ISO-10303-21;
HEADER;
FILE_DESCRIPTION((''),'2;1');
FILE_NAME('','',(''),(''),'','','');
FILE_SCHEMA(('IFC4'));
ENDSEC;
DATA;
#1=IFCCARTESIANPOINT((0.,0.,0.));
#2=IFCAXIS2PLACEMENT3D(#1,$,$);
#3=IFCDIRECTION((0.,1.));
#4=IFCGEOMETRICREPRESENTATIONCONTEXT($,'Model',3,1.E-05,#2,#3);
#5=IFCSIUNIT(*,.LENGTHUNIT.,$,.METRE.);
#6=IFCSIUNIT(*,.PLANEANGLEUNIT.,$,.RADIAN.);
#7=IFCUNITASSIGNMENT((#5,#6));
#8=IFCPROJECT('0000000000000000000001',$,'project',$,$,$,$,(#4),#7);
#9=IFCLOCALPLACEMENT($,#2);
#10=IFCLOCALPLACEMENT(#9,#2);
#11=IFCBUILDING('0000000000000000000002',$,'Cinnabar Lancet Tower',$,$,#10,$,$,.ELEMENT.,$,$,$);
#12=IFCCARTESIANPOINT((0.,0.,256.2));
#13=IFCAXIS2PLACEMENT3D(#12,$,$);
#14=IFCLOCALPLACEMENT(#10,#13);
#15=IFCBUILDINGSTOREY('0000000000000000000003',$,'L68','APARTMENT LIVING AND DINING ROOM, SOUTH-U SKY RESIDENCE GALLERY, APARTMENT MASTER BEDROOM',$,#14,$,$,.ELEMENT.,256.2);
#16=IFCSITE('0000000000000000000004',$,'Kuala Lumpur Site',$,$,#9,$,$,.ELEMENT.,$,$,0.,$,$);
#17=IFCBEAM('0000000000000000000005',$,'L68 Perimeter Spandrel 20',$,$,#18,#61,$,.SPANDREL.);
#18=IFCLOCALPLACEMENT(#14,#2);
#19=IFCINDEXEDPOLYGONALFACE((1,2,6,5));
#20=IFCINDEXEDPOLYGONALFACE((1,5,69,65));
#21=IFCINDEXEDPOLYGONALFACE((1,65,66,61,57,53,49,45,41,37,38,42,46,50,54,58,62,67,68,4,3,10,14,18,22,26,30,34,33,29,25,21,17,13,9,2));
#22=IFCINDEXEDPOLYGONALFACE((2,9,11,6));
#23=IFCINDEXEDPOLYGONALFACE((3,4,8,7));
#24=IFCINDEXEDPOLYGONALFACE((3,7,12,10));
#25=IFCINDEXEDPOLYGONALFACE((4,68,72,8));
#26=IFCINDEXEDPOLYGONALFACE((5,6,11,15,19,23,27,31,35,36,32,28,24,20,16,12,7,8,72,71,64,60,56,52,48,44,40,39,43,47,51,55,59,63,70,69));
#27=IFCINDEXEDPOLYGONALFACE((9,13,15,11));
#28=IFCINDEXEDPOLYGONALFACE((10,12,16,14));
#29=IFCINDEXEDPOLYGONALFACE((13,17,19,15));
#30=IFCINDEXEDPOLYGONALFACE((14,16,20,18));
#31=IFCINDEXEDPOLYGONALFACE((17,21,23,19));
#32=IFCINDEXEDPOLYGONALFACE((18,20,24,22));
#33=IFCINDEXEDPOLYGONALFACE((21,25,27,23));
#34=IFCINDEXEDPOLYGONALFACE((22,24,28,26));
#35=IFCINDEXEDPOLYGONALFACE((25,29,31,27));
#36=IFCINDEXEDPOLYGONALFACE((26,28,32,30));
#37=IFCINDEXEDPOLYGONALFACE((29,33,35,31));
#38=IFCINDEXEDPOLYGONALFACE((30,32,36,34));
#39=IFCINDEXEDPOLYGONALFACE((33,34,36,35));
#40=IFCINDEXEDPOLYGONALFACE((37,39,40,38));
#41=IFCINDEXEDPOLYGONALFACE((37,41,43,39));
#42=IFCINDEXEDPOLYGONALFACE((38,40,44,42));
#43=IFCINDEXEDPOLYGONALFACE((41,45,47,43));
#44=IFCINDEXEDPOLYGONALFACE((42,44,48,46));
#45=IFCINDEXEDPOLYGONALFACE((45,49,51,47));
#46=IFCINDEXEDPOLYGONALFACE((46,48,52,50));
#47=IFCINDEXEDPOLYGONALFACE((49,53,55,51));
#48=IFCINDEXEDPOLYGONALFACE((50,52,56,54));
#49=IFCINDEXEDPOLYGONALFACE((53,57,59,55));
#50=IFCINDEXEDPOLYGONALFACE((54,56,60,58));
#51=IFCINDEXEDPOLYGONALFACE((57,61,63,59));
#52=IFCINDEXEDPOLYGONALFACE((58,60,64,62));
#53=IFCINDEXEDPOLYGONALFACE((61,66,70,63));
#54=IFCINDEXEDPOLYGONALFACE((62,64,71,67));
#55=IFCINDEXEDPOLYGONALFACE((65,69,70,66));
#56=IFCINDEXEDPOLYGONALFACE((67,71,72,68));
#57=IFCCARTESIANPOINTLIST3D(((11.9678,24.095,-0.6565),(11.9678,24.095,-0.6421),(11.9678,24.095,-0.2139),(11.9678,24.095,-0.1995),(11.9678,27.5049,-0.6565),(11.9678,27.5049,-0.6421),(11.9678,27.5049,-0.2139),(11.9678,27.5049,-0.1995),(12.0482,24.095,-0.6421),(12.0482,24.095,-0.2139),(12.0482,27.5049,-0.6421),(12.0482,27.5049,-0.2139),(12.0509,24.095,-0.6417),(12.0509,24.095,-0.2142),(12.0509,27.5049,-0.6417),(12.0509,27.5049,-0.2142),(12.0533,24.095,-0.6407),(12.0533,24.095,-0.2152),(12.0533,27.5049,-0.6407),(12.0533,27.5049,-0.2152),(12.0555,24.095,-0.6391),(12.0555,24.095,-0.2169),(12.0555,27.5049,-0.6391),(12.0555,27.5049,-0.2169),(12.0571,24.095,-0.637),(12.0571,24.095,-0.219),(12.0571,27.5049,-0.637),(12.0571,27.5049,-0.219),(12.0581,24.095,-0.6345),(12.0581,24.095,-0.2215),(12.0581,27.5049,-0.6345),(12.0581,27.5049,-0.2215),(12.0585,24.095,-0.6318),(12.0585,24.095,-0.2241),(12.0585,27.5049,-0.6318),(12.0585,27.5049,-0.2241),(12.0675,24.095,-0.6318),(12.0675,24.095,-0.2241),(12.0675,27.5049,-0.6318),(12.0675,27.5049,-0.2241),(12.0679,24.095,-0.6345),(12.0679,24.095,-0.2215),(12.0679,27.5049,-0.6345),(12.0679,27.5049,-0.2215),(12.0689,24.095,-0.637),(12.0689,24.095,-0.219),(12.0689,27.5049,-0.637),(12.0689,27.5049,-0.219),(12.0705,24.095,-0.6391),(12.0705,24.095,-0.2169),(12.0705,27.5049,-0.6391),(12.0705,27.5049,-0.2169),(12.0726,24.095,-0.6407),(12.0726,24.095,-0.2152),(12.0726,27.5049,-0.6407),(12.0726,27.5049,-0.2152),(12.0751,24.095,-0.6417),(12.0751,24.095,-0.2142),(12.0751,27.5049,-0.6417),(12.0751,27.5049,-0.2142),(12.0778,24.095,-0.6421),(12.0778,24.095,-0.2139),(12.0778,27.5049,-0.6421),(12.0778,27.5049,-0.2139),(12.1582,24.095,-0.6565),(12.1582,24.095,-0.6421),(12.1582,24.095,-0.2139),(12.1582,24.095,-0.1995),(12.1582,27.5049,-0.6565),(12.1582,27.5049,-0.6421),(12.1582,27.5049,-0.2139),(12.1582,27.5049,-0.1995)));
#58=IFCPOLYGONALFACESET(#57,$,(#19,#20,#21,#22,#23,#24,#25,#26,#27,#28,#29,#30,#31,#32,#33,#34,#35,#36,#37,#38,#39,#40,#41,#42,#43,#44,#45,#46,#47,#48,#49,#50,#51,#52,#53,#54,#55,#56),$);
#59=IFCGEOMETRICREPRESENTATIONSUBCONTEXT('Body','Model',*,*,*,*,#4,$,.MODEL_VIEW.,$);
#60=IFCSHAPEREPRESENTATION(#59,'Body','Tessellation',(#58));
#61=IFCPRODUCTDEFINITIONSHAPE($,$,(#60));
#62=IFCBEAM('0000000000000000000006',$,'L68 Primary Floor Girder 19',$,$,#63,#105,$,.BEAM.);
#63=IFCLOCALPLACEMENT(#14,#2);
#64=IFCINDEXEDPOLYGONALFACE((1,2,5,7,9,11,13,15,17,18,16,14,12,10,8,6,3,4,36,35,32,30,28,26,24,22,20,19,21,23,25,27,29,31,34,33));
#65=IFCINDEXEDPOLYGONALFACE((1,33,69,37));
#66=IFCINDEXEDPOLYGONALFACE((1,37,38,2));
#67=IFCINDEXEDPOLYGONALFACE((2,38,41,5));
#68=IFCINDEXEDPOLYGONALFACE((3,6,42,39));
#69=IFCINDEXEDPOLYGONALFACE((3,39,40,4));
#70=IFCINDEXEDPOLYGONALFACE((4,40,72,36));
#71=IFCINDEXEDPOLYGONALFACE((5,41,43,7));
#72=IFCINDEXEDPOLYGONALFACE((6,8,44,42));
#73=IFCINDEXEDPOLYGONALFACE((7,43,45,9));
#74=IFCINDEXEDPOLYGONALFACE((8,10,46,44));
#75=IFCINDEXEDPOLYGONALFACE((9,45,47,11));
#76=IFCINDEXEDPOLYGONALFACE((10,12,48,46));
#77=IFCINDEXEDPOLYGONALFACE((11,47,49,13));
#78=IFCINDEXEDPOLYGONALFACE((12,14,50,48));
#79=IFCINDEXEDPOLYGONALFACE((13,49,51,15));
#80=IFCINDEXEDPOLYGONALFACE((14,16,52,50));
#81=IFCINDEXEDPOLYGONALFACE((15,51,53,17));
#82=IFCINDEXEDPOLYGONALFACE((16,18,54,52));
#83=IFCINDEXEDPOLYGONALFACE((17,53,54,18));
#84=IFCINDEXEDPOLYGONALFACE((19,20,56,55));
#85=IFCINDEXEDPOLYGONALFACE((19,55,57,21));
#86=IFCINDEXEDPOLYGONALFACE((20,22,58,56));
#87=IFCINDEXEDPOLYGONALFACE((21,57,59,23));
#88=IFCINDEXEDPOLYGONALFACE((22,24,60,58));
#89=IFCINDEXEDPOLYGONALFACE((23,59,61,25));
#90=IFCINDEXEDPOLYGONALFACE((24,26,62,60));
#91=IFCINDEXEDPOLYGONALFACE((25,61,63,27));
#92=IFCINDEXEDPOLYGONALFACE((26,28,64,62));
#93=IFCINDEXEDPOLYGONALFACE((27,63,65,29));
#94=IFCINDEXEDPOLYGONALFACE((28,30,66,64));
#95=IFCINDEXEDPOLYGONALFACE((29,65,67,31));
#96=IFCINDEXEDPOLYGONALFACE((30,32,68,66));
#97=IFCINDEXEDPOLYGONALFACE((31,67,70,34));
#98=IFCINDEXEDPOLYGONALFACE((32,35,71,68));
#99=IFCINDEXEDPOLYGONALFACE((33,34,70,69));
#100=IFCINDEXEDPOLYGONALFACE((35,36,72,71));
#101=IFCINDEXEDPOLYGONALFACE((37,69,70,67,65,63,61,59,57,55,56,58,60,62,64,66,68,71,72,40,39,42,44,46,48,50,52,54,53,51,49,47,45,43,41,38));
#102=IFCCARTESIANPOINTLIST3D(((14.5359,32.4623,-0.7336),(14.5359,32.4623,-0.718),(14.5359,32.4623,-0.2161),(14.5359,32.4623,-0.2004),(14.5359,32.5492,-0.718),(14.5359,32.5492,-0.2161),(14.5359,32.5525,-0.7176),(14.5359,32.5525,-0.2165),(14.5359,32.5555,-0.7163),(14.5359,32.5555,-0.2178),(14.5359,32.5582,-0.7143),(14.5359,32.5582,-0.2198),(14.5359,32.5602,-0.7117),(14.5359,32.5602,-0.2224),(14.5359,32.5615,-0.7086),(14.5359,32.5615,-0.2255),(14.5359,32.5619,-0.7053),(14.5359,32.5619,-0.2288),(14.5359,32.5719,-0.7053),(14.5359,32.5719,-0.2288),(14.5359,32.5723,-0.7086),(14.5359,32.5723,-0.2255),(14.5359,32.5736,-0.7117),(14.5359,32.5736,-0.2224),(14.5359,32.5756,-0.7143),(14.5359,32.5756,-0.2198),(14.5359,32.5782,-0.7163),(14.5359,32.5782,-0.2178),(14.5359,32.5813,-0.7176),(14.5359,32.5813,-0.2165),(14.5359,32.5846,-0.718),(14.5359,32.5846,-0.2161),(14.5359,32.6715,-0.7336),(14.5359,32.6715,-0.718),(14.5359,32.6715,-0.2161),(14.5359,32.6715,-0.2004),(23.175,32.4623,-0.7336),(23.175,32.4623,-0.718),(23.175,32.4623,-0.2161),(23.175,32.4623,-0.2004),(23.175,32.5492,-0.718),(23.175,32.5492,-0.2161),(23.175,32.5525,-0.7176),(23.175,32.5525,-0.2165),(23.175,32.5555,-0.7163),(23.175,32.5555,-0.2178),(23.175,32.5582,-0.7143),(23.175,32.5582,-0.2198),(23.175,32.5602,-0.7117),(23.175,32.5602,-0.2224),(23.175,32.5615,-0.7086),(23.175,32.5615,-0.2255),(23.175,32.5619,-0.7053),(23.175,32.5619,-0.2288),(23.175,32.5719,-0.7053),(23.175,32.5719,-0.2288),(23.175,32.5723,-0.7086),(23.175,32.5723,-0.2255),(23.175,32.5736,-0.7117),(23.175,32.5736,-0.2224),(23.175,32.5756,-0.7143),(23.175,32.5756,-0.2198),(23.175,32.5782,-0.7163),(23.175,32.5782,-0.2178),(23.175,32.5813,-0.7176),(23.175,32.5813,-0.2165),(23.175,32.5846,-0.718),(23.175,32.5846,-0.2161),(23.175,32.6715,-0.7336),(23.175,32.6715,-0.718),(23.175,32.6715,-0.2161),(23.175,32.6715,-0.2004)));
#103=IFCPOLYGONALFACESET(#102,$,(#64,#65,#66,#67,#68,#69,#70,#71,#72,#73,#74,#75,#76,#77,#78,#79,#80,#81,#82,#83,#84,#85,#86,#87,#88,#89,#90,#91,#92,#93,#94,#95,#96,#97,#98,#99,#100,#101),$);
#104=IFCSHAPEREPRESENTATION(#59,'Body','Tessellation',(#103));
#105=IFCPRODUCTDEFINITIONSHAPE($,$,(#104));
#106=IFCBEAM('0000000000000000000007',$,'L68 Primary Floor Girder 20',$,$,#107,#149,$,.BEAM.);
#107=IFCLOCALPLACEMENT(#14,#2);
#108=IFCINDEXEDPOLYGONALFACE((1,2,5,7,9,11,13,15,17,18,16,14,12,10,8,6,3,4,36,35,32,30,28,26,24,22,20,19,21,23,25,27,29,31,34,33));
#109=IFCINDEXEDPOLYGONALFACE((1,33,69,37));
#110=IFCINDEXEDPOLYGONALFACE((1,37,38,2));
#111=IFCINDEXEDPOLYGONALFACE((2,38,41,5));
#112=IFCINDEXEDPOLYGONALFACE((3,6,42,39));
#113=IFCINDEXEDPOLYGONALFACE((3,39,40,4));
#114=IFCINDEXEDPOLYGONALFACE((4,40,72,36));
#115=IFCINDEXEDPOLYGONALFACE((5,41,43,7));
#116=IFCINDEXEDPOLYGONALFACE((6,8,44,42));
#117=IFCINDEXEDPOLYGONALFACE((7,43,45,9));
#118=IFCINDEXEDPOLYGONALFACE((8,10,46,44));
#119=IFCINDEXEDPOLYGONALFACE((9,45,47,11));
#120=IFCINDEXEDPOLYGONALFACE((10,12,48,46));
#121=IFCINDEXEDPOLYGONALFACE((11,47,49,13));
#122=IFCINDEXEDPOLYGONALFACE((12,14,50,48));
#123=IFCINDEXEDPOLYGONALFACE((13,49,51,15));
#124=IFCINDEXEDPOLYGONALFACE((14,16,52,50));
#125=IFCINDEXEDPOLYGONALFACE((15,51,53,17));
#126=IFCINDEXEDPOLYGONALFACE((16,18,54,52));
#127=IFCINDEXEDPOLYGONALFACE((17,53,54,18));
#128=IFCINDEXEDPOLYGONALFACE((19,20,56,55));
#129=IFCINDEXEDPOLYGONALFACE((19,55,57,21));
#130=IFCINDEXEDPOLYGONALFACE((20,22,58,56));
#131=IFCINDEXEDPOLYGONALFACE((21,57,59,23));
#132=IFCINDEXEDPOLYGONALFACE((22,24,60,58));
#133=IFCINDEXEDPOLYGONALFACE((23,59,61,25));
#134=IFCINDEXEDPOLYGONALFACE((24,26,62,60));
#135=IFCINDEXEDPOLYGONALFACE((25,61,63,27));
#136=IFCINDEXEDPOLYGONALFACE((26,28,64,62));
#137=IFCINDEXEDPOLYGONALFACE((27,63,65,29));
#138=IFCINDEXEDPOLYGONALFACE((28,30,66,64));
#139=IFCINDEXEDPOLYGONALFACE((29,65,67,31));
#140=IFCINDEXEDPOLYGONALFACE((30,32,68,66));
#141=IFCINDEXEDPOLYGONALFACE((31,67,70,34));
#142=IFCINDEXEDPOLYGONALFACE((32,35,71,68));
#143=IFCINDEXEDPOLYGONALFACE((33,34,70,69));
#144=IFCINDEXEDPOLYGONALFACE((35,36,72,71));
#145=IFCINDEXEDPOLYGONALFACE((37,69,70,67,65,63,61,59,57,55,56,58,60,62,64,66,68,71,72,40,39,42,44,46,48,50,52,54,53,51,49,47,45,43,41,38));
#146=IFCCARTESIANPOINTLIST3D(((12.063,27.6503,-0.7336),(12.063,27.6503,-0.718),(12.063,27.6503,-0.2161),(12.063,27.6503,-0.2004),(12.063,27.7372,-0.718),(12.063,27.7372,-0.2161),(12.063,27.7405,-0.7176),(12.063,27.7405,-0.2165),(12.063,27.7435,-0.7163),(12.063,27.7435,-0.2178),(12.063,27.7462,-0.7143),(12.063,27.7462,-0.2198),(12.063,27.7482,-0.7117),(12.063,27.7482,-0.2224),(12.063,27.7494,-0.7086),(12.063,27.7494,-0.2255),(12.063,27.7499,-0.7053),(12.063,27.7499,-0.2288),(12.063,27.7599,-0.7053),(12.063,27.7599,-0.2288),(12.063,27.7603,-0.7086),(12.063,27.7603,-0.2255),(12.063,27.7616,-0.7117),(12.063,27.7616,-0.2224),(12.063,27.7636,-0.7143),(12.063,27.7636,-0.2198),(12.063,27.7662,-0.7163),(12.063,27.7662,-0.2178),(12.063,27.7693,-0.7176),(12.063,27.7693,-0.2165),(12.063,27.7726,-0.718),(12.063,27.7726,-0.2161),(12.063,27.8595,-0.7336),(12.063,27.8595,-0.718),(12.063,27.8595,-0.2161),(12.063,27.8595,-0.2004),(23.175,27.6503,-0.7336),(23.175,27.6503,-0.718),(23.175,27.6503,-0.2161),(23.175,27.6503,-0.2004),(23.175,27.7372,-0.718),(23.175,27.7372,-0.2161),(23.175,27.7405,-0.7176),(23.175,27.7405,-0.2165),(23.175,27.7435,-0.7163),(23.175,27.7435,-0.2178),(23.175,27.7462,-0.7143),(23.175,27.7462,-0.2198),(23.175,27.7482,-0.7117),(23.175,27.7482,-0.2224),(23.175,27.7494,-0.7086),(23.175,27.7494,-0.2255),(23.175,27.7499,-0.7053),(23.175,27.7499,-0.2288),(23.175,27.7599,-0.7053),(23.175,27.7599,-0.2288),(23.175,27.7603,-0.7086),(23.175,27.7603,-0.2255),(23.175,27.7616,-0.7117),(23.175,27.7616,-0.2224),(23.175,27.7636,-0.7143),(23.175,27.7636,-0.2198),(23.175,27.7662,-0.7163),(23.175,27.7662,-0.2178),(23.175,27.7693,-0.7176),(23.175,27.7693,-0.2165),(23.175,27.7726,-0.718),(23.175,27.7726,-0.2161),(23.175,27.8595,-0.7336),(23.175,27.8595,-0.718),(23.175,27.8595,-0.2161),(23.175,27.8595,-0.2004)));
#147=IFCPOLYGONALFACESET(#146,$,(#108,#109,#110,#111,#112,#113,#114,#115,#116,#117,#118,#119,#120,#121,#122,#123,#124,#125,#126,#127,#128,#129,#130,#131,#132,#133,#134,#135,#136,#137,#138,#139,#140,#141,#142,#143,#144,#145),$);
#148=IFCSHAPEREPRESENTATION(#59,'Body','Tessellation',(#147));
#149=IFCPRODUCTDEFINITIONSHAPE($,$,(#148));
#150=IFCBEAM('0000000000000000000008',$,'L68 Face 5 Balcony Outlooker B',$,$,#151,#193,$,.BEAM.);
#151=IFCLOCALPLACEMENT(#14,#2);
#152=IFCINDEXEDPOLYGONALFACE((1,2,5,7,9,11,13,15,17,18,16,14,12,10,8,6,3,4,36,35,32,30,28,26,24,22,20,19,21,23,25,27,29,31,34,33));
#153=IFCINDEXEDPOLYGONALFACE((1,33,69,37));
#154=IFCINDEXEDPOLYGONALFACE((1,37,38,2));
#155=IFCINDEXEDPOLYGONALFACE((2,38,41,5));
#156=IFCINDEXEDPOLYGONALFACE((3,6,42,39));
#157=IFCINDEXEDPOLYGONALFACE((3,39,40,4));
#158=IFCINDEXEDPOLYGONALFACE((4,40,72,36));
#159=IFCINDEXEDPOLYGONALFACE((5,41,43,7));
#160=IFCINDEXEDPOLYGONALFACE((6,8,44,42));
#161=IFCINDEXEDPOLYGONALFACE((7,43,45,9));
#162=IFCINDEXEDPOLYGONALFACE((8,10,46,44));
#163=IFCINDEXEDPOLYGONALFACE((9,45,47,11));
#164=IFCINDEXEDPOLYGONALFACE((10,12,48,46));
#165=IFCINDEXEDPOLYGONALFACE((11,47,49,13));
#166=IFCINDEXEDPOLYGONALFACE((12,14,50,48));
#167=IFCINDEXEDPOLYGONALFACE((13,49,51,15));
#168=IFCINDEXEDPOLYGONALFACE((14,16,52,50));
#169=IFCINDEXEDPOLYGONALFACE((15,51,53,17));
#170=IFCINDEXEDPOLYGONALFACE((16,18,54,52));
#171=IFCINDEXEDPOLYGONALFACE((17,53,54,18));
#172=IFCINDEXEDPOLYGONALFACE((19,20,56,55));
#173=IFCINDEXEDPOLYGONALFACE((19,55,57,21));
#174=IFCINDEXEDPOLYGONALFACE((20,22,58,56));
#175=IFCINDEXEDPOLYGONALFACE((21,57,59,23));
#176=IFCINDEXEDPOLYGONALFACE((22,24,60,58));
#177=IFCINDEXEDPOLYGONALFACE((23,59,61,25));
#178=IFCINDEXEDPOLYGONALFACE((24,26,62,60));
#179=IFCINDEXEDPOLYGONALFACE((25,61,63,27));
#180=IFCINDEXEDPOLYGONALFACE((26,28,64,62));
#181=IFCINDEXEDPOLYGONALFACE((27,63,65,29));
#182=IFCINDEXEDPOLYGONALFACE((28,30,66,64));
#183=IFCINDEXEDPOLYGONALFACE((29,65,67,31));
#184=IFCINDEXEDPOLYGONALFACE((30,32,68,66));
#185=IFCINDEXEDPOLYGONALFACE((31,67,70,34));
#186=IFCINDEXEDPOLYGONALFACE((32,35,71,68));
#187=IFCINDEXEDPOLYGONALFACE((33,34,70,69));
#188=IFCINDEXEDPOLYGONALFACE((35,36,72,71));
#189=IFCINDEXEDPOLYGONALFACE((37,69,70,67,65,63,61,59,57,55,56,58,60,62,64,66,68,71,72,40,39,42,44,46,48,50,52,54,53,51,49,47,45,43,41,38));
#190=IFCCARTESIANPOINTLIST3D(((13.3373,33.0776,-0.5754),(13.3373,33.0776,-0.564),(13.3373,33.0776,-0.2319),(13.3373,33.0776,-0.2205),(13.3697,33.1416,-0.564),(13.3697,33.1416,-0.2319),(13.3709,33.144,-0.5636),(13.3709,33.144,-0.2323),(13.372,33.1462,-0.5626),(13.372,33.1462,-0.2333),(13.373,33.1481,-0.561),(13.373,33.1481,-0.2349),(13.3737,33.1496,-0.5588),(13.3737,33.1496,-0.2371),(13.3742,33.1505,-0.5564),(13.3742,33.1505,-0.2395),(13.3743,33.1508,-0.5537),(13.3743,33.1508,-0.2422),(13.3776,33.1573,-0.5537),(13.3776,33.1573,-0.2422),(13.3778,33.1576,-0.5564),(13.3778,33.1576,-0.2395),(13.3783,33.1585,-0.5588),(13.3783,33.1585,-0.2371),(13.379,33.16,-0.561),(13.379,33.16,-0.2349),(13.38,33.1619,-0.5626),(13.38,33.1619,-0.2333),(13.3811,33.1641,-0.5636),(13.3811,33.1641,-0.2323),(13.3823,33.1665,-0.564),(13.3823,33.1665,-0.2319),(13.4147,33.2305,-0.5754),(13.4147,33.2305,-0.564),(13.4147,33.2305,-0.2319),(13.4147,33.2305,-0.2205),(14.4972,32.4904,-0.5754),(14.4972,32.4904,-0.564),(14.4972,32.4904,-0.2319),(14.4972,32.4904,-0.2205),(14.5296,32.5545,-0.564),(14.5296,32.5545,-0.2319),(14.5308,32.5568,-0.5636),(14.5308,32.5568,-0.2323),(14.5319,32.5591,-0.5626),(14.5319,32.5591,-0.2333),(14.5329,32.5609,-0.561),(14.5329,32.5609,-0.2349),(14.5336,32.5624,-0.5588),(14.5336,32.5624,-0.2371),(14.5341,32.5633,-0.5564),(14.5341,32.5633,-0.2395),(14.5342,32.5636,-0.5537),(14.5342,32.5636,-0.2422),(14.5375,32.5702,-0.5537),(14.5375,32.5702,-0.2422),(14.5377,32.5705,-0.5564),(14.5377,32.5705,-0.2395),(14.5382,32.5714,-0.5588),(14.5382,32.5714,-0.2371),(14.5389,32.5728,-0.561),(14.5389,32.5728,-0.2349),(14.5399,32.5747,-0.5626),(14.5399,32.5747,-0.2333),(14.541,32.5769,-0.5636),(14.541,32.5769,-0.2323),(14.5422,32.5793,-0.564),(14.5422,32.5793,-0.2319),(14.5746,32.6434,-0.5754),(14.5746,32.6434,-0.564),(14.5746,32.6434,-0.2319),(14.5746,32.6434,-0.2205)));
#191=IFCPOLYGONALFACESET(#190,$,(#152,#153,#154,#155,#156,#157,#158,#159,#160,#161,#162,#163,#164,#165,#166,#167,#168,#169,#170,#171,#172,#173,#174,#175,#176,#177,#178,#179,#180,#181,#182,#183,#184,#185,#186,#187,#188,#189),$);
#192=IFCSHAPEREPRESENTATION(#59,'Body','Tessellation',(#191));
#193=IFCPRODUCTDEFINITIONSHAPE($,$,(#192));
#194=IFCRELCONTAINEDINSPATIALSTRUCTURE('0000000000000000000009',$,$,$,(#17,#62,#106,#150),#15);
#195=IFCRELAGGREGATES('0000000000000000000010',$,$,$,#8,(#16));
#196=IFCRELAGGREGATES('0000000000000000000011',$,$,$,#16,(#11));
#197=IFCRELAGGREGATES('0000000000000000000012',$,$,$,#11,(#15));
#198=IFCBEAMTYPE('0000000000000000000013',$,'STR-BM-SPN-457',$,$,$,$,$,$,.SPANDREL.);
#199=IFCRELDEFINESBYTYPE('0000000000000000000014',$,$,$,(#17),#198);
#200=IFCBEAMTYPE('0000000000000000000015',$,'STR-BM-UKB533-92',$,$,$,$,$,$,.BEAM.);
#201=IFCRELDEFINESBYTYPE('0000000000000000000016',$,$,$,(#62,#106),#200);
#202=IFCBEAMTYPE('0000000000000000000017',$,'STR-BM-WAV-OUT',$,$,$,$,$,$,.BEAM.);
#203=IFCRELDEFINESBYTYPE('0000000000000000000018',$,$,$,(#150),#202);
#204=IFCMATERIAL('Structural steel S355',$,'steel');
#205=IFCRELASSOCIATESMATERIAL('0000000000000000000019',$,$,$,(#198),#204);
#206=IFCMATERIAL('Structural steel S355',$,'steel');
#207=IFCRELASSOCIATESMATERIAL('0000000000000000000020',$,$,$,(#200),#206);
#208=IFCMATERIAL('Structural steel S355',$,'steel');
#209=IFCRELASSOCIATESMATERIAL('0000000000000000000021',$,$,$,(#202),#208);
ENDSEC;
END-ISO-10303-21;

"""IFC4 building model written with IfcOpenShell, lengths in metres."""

from ifc_helpers import new_model, si_unit, direction, frame, origin, origin_2d, place, context, subcontext, project, spatial, i_section, extrude, material, material_profile, profile_set, type_object, element, save


model = new_model("IFC4")

# Units and contexts
model_context = context("Model", 3, precision=1e-05, world=origin(), true_north=direction((0.0, 1.0)))
body_context = subcontext(model_context, "Body", "Model", "MODEL_VIEW")
ifc_project = project(units=[si_unit("LENGTHUNIT", "METRE"), si_unit("PLANEANGLEUNIT", "RADIAN")], contexts=[model_context])

# Site, building, storey
site_placement = place(None, origin())
site = spatial("IfcSite", under=ifc_project, at=site_placement, Name="Kuala Lumpur Site", CompositionType="ELEMENT", RefElevation=0.0)
building_placement = place(site_placement, origin())
building = spatial("IfcBuilding", under=site, at=building_placement, Name="Cinnabar Lancet Tower", CompositionType="ELEMENT")
storey_placement = place(building_placement, frame((0.0, 0.0, 256.2)))
storey = spatial("IfcBuildingStorey", under=building, at=storey_placement, Name="L68", Description="APARTMENT LIVING AND DINING ROOM, SOUTH-U SKY RESIDENCE GALLERY, APARTMENT MASTER BEDROOM", CompositionType="ELEMENT", Elevation=256.2)

# Beams
ifc_material_1 = material(Name="Structural steel S355", Category="steel")
ifc_material_profile_1 = material_profile(ifc_material_1, i_section(OverallWidth=0.1904, OverallDepth=0.457, WebThickness=0.009, FlangeThickness=0.0144, FilletRadius=0.0103, at=origin_2d()), Name="UKB 457x191x74")
ifc_profile_set_1 = profile_set([ifc_material_profile_1], Name="Structural steel S355")
beam_type_1 = type_object("IfcBeamType", Name="STR-BM-SPN-457", PredefinedType="SPANDREL", material=ifc_profile_set_1)
beam_1_placement = place(storey_placement, frame((12.063, 27.5049, -0.428), z_axis=(0.0, -1.0, 0.0), x_axis=(1.0, 0.0, 0.0)))
element("IfcBeam", 1, at=beam_1_placement, inside=storey, type_object=beam_type_1, Name="L68 Perimeter Spandrel 20", PredefinedType="SPANDREL", context=body_context, shape_type="SweptSolid", body=[
    extrude(i_section(OverallWidth=0.1904, OverallDepth=0.457, WebThickness=0.009, FlangeThickness=0.0144, FilletRadius=0.0103, at=origin_2d()), origin(), (0.0, 0.0, 1.0), 3.4099),
])
ifc_material_2 = material(Name="Structural steel S355", Category="steel")
ifc_material_profile_2 = material_profile(ifc_material_2, i_section(OverallWidth=0.2092, OverallDepth=0.5332, WebThickness=0.01, FlangeThickness=0.0156, FilletRadius=0.0127, at=origin_2d()), Name="UKB 533x210x92")
ifc_profile_set_2 = profile_set([ifc_material_profile_2], Name="Structural steel S355")
beam_type_2 = type_object("IfcBeamType", Name="STR-BM-UKB533-92", PredefinedType="BEAM", material=ifc_profile_set_2)
beam_2_placement = place(storey_placement, frame((14.5359, 32.5669, -0.467), z_axis=(1.0, 0.0, 0.0), x_axis=(0.0, 1.0, 0.0)))
element("IfcBeam", 2, at=beam_2_placement, inside=storey, type_object=beam_type_2, Name="L68 Primary Floor Girder 19", PredefinedType="BEAM", context=body_context, shape_type="SweptSolid", body=[
    extrude(i_section(OverallWidth=0.2092, OverallDepth=0.5332, WebThickness=0.01, FlangeThickness=0.0156, FilletRadius=0.0127, at=origin_2d()), origin(), (0.0, 0.0, 1.0), 8.6392),
])
beam_3_placement = place(storey_placement, frame((12.063, 27.7549, -0.467), z_axis=(1.0, 0.0, 0.0), x_axis=(0.0, 1.0, 0.0)))
element("IfcBeam", 3, at=beam_3_placement, inside=storey, type_object=beam_type_2, Name="L68 Primary Floor Girder 20", PredefinedType="BEAM", context=body_context, shape_type="SweptSolid", body=[
    extrude(i_section(OverallWidth=0.2092, OverallDepth=0.5332, WebThickness=0.01, FlangeThickness=0.0156, FilletRadius=0.0127, at=origin_2d()), origin(), (0.0, 0.0, 1.0), 11.1121),
])
ifc_material_3 = material(Name="Structural steel S355", Category="steel")
ifc_material_profile_3 = material_profile(ifc_material_3, i_section(OverallWidth=0.1714, OverallDepth=0.355, WebThickness=0.0073, FlangeThickness=0.0115, FilletRadius=0.0103, at=origin_2d()), Name="UKB 356x171x51")
ifc_profile_set_3 = profile_set([ifc_material_profile_3], Name="Structural steel S355")
beam_type_3 = type_object("IfcBeamType", Name="STR-BM-WAV-OUT", PredefinedType="BEAM", material=ifc_profile_set_3)
beam_4_placement = place(storey_placement, frame((14.5359, 32.5669, -0.3979), z_axis=(-0.8922, 0.45164, 0.0), x_axis=(-0.45164, -0.8922, 0.0)))
element("IfcBeam", 4, at=beam_4_placement, inside=storey, type_object=beam_type_3, Name="L68 Face 5 Balcony Outlooker B", PredefinedType="BEAM", context=body_context, shape_type="SweptSolid", body=[
    extrude(i_section(OverallWidth=0.1714, OverallDepth=0.355, WebThickness=0.0073, FlangeThickness=0.0115, FilletRadius=0.0103, at=origin_2d()), origin(), (0.0, 0.0, 1.0), 1.3),
])

save(model, "model.ifc")
